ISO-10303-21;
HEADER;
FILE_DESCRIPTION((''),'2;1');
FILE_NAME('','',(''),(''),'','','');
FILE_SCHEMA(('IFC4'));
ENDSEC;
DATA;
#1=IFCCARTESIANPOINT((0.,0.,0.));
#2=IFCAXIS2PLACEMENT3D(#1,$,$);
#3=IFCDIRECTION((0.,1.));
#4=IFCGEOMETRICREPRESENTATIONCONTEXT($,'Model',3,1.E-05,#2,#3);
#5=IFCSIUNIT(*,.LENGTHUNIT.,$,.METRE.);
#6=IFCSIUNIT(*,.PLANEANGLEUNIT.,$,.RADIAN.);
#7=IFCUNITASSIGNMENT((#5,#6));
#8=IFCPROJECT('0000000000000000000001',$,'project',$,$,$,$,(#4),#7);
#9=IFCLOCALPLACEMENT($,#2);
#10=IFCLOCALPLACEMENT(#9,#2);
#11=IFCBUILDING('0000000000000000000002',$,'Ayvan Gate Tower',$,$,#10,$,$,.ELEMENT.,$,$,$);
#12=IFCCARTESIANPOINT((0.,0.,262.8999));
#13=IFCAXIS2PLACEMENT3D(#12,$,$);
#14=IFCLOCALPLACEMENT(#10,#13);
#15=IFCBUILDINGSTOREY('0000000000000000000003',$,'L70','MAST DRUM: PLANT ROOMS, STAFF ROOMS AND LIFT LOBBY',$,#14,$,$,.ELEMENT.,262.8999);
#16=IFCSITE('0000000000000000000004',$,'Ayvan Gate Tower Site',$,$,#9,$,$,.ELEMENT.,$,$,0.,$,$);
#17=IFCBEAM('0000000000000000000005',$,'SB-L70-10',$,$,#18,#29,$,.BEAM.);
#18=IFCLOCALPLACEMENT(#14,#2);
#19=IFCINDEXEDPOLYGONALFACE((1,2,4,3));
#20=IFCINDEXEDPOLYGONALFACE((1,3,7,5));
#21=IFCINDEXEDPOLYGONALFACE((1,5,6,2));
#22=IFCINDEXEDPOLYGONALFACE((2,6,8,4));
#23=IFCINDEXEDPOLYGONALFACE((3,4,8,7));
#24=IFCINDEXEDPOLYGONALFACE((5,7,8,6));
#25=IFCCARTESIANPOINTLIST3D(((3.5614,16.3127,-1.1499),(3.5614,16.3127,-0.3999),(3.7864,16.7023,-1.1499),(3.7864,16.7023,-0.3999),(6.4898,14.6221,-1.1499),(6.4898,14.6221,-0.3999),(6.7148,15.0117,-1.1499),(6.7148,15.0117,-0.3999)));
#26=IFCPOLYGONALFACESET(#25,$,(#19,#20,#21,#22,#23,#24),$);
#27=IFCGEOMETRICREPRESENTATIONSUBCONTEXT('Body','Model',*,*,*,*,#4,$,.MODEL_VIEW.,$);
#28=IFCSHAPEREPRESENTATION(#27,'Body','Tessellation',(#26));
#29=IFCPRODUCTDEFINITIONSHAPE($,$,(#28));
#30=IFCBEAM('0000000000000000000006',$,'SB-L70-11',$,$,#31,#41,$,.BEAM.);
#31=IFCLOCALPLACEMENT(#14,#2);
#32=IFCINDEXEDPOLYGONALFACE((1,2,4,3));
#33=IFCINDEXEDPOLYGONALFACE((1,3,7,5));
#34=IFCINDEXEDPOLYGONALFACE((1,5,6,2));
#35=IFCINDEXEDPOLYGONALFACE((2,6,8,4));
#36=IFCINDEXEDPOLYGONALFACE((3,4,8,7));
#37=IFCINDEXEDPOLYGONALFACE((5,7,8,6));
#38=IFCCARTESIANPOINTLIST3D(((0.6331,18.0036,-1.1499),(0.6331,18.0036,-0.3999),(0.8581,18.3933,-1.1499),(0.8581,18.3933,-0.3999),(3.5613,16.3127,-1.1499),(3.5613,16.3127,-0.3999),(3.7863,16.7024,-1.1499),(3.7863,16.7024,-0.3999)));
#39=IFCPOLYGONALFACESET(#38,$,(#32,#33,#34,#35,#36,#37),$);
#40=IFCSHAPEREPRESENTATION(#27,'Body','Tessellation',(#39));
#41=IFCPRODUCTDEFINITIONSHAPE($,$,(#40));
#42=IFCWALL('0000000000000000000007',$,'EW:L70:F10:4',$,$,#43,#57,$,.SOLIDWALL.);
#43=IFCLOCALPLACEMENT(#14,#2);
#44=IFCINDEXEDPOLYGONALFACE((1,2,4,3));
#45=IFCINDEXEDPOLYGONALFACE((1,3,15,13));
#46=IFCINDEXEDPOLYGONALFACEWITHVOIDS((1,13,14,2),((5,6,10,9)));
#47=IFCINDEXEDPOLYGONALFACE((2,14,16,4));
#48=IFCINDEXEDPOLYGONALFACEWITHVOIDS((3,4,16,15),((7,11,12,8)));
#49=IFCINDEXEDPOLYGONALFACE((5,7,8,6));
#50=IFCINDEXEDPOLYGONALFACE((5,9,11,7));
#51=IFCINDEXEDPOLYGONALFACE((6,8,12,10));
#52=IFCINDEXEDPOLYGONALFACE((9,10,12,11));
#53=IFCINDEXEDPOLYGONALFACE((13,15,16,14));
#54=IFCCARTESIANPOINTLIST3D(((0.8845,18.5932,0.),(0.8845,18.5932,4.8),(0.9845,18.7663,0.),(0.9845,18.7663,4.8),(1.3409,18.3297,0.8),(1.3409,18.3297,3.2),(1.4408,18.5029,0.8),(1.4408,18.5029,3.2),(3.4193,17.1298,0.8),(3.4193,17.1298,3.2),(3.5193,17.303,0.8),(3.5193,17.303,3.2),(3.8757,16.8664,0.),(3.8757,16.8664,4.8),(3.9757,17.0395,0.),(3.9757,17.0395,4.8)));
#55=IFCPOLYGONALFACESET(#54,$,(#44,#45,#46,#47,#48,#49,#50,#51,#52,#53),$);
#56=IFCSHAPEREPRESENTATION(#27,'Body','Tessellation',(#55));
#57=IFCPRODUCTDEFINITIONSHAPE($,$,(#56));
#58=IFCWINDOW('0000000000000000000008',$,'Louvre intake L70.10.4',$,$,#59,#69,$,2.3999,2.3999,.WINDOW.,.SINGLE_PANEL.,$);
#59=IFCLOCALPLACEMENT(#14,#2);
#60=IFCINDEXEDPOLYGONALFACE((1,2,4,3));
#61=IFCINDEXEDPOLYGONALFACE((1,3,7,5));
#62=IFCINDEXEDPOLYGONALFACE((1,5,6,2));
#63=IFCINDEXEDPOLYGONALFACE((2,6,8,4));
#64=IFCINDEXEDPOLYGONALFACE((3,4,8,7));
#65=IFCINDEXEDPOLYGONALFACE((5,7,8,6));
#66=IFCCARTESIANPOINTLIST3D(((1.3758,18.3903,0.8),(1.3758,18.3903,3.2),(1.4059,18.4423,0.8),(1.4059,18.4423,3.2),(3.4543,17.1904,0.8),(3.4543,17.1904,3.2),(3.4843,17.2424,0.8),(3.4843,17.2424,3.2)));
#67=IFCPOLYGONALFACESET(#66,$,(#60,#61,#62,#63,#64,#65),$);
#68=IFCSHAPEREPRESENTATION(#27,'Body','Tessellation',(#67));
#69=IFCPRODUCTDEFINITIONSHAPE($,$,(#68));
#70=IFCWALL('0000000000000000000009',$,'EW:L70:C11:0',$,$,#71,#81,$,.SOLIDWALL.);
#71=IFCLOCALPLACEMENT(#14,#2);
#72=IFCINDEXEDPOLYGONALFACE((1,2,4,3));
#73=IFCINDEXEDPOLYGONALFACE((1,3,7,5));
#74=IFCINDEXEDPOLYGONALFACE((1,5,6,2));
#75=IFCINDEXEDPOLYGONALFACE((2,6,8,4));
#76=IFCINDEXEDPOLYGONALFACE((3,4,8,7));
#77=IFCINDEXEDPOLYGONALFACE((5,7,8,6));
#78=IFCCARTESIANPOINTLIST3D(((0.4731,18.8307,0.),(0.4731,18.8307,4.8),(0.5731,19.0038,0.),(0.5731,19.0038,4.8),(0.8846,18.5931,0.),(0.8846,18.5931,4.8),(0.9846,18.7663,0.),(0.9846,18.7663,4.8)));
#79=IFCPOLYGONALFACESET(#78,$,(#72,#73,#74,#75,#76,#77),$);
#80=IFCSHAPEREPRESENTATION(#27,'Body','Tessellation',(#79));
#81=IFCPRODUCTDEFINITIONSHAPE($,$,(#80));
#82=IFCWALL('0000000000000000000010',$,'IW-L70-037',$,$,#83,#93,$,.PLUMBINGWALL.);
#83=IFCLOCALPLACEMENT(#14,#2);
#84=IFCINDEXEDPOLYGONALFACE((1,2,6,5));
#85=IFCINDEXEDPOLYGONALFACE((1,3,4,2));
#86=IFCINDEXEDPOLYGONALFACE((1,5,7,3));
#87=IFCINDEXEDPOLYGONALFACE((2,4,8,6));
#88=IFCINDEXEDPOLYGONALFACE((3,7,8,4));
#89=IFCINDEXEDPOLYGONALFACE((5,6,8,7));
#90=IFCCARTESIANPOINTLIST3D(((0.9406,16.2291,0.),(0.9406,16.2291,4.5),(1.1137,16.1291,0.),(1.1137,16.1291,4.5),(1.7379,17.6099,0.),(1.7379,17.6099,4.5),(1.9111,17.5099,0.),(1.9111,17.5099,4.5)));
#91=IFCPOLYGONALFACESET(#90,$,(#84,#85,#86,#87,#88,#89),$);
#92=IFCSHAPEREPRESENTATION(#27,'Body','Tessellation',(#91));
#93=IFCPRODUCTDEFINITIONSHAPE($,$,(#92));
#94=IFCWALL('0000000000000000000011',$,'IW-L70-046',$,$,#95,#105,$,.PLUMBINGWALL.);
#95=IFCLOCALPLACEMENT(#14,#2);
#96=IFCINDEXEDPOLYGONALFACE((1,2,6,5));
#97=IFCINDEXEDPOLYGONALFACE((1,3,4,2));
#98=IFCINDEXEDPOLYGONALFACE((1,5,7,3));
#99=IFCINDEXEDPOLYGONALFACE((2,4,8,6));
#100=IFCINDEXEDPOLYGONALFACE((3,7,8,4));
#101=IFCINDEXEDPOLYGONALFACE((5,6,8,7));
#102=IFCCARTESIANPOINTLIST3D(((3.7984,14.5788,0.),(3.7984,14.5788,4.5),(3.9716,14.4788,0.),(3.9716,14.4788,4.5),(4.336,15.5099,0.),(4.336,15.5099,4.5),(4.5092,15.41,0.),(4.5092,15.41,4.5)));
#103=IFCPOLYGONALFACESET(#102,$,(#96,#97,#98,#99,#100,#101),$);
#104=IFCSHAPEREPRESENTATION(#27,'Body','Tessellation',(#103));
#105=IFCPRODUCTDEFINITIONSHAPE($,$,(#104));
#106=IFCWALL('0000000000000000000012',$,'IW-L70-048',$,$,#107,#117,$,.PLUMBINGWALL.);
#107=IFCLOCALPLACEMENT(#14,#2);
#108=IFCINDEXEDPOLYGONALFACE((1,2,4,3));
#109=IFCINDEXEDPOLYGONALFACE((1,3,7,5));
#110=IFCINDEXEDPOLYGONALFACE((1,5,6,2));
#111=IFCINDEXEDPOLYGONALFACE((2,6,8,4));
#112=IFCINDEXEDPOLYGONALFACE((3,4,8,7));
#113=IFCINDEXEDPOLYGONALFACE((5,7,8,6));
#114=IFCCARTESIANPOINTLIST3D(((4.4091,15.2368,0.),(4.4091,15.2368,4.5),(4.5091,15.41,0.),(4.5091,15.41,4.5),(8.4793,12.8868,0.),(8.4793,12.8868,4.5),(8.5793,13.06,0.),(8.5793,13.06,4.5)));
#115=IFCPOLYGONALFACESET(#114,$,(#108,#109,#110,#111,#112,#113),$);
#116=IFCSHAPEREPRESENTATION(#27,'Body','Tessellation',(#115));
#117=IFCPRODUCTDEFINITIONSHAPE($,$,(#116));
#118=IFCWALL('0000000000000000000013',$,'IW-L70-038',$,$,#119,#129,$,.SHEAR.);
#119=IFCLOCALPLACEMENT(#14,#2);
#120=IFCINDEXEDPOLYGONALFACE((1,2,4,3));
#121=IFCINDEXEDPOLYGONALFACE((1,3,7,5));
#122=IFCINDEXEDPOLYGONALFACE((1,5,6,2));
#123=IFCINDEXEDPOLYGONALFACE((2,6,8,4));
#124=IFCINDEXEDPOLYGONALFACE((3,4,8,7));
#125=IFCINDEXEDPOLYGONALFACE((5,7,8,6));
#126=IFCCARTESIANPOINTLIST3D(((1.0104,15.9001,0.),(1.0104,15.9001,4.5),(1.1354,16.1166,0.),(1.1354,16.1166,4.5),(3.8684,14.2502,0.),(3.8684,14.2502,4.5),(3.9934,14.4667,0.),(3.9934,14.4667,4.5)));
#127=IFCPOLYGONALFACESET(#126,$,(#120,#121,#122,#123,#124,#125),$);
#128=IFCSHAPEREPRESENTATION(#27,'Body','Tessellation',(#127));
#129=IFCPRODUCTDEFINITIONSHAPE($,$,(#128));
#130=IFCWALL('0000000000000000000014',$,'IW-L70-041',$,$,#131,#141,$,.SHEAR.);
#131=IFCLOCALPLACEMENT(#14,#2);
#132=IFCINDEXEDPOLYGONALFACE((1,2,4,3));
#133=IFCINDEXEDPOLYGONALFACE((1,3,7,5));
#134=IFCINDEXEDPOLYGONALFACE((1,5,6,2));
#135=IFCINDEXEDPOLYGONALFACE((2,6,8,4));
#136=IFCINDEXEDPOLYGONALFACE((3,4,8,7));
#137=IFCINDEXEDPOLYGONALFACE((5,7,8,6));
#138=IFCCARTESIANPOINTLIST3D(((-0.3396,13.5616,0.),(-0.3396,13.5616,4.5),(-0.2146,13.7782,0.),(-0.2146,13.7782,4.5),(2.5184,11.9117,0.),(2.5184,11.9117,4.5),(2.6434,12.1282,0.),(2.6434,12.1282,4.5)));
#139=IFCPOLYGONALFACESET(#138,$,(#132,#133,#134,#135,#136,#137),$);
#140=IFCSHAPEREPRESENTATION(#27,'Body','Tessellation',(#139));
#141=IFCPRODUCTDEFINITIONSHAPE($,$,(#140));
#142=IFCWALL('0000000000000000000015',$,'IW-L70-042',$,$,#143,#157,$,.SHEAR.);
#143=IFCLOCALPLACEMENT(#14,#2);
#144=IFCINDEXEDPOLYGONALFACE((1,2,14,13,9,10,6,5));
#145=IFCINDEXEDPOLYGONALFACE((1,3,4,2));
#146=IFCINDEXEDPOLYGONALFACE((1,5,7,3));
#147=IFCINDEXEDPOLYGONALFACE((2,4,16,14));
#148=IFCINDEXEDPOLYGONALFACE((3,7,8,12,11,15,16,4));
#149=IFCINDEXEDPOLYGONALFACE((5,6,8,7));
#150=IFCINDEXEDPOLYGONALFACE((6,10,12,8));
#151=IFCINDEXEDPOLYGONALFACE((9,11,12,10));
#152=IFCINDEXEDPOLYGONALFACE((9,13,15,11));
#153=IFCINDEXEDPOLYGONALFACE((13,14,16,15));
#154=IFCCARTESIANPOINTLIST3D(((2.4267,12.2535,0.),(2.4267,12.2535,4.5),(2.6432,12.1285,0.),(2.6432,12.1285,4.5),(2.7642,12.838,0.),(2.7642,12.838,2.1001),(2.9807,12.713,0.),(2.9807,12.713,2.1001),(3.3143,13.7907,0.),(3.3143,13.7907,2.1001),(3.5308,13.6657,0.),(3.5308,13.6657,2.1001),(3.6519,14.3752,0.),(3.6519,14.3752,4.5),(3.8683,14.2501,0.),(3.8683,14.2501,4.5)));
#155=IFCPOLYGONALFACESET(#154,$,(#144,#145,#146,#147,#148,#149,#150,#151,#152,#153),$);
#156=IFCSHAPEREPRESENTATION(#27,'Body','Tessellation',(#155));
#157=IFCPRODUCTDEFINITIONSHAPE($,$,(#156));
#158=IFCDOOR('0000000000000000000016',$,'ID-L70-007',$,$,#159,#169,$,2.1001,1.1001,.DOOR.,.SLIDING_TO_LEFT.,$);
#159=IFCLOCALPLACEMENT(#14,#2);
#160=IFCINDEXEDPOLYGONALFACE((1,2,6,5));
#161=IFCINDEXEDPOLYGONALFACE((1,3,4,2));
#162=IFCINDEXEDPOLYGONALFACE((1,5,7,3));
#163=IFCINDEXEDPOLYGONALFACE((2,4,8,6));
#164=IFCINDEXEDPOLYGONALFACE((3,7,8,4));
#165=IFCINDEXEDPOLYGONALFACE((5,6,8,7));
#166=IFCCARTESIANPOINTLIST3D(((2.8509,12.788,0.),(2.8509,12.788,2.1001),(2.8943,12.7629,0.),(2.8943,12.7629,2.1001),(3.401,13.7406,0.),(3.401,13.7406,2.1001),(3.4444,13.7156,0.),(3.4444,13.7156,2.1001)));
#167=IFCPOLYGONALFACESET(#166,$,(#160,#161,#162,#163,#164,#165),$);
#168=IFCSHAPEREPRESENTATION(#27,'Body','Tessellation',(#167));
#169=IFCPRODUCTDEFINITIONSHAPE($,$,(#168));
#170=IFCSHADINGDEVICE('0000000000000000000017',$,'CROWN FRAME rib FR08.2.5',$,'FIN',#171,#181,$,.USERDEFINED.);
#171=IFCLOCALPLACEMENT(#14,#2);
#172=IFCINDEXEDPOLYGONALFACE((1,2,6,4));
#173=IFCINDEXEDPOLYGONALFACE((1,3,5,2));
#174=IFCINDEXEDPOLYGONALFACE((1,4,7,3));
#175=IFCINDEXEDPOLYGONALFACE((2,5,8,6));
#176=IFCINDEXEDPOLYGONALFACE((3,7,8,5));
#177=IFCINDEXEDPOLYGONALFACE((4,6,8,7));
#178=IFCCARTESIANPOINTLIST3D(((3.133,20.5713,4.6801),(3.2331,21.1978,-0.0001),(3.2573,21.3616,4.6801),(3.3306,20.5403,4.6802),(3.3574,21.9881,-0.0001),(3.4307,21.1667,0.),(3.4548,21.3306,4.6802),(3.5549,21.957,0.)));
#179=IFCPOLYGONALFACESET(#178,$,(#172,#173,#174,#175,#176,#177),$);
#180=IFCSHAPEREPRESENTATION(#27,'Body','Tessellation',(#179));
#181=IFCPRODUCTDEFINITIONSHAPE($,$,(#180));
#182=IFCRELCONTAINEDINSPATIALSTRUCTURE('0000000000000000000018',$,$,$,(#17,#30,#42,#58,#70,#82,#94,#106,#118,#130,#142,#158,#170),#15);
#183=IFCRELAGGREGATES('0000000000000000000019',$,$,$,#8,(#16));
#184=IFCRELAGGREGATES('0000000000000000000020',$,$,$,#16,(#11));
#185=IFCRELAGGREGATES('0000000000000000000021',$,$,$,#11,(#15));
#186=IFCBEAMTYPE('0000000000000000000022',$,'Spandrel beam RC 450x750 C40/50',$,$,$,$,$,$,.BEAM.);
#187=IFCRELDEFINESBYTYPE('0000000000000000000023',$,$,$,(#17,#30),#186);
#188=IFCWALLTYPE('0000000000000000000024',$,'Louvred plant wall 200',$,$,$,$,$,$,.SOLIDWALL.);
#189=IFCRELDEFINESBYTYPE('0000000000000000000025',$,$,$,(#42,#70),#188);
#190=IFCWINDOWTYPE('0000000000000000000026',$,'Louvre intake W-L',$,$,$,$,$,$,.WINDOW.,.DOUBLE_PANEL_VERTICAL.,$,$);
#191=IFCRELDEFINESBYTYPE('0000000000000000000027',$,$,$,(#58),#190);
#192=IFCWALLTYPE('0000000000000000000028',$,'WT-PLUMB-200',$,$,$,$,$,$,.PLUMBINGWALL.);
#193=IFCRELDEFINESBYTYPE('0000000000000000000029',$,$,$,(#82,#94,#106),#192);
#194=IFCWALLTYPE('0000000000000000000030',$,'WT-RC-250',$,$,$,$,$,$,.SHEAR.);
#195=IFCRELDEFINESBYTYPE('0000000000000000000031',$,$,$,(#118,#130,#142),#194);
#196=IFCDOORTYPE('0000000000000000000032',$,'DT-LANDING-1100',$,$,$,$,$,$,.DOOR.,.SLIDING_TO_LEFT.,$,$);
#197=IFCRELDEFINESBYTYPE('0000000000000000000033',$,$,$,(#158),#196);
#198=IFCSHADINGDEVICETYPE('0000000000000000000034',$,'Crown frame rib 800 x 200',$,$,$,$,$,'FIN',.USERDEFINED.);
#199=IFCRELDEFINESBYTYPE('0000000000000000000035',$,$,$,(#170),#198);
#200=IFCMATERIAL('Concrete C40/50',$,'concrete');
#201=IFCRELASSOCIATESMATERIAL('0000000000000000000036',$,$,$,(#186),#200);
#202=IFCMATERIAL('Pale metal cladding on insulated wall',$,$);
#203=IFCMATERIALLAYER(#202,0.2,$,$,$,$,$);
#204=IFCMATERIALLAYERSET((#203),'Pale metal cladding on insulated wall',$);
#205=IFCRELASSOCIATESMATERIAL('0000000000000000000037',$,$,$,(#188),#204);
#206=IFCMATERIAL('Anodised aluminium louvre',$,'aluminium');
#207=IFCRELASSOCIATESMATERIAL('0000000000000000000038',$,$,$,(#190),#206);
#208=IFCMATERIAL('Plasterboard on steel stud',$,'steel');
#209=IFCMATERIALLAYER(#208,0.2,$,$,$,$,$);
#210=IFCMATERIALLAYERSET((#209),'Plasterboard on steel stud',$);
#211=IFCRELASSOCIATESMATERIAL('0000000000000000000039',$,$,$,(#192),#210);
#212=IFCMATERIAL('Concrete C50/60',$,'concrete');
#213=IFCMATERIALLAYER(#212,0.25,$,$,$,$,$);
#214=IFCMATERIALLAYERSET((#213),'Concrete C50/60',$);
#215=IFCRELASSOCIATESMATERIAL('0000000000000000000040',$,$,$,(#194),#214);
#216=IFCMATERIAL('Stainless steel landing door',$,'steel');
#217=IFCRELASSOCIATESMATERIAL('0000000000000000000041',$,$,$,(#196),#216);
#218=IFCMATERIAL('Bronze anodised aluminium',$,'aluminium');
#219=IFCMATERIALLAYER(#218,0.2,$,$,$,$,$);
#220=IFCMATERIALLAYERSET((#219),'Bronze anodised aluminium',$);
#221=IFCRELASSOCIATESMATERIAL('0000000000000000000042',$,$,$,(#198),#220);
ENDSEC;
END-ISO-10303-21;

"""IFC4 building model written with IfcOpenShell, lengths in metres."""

from ifc_helpers import new_model, si_unit, direction, frame, frame_2d, origin, origin_2d, place, context, subcontext, project, spatial, polyline, rectangle, outline, extrude, material, layer, layer_set, material_profile, profile_set, type_object, element, fill, save


model = new_model("IFC4")

# Units and contexts
model_context = context("Model", 3, precision=1e-05, world=origin(), true_north=direction((0.0, 1.0)))
body_context = subcontext(model_context, "Body", "Model", "MODEL_VIEW")
ifc_project = project(units=[si_unit("LENGTHUNIT", "METRE"), si_unit("PLANEANGLEUNIT", "RADIAN")], contexts=[model_context])

# Site, building, storey
site_placement = place(None, origin())
site = spatial("IfcSite", under=ifc_project, at=site_placement, Name="Ayvan Gate Tower Site", CompositionType="ELEMENT", RefElevation=0.0)
building_placement = place(site_placement, origin())
building = spatial("IfcBuilding", under=site, at=building_placement, Name="Ayvan Gate Tower", CompositionType="ELEMENT")
storey_placement = place(building_placement, frame((0.0, 0.0, 262.8999)))
storey = spatial("IfcBuildingStorey", under=building, at=storey_placement, Name="L70", Description="MAST DRUM: PLANT ROOMS, STAFF ROOMS AND LIFT LOBBY", CompositionType="ELEMENT", Elevation=262.8999)

# Beams
ifc_material_1 = material(Name="Concrete C40/50", Category="concrete")
ifc_material_profile = material_profile(ifc_material_1, rectangle(XDim=0.45, YDim=0.75, at=origin_2d()), Name="RC 450x750")
ifc_profile_set = profile_set([ifc_material_profile], Name="Concrete C40/50")
beam_type = type_object("IfcBeamType", Name="Spandrel beam RC 450x750 C40/50", PredefinedType="BEAM", material=ifc_profile_set)
for number, where, z_axis, x_axis, name in (
    (1, (6.6023, 14.8169, -0.7749), (-0.866035, 0.499983, 0.0), (-0.499983, -0.866035, 0.0), "SB-L70-10"),
    (2, (3.6738, 16.5076, -0.7749), (-0.865986, 0.500068, 0.0), (-0.500068, -0.865986, 0.0), "SB-L70-11"),
):
    element("IfcBeam", number, at=place(storey_placement, frame(where, z_axis=z_axis, x_axis=x_axis)), inside=storey, type_object=beam_type, Name=name, PredefinedType="BEAM", context=body_context, shape_type="SweptSolid", body=[
        extrude(rectangle(XDim=0.45, YDim=0.75, at=origin_2d()), origin(), (0.0, 0.0, 1.0), 3.3813),
    ])

# Wall, opening, window
ifc_material_2 = material(Name="Pale metal cladding on insulated wall")
ifc_layer_1 = layer(ifc_material_2, 0.2)
ifc_layer_set_1 = layer_set([ifc_layer_1], Name="Pale metal cladding on insulated wall")
wall_type_1 = type_object("IfcWallType", Name="Louvred plant wall 200", PredefinedType="SOLIDWALL", material=ifc_layer_set_1)
wall_1_placement = place(storey_placement, frame((3.9258, 16.9529, 0.0), z_axis=(0.0, 0.0, 1.0), x_axis=(-0.866047, 0.499963, 0.0)))
wall_1 = element("IfcWall", 3, at=wall_1_placement, inside=storey, type_object=wall_type_1, Name="EW:L70:F10:4", PredefinedType="SOLIDWALL", context=body_context, shape_type="SweptSolid", body=[
    extrude(rectangle(XDim=3.4539, YDim=0.2, at=frame_2d((1.7271, 0.0))), origin(), (0.0, 0.0, 1.0), 4.8),
])
opening_1_placement = place(wall_1_placement, frame((0.5271, 0.0, 0.8)))
opening_1 = element("IfcOpeningElement", 4, at=opening_1_placement, cuts=wall_1, PredefinedType="OPENING", context=body_context, shape_type="SweptSolid", body=[
    extrude(rectangle(XDim=2.3999, YDim=2.3999, at=frame_2d((1.2, 1.2))), frame((0.0, 0.1099, 0.0), z_axis=(0.0, -1.0, 0.0), x_axis=(1.0, 0.0, 0.0)), (0.0, 0.0, 1.0), 0.22),
])
ifc_material_3 = material(Name="Anodised aluminium louvre", Category="aluminium")
window_type = type_object("IfcWindowType", Name="Louvre intake W-L", PartitioningType="DOUBLE_PANEL_VERTICAL", PredefinedType="WINDOW", material=ifc_material_3)
window_placement = place(opening_1_placement, origin())
window = element("IfcWindow", 5, at=window_placement, inside=storey, type_object=window_type, Name="Louvre intake L70.10.4", OverallHeight=2.3999, OverallWidth=2.3999, PartitioningType="SINGLE_PANEL", PredefinedType="WINDOW", context=body_context, shape_type="SweptSolid", body=[
    extrude(rectangle(XDim=2.3999, YDim=2.3999, at=frame_2d((1.2, 1.2))), frame((0.0, 0.03, 0.0), z_axis=(0.0, -1.0, 0.0), x_axis=(1.0, 0.0, 0.0)), (0.0, 0.0, 1.0), 0.0601),
])
fill(opening_1, window)

# Walls
wall_2_placement = place(storey_placement, frame((0.9346, 18.6797, 0.0), z_axis=(0.0, 0.0, 1.0), x_axis=(-0.865989, 0.500064, 0.0)))
element("IfcWall", 6, at=wall_2_placement, inside=storey, type_object=wall_type_1, Name="EW:L70:C11:0", PredefinedType="SOLIDWALL", context=body_context, shape_type="SweptSolid", body=[
    extrude(rectangle(XDim=0.4751, YDim=0.2, at=frame_2d((0.2375, 0.0))), origin(), (0.0, 0.0, 1.0), 4.8),
])
ifc_material_4 = material(Name="Plasterboard on steel stud", Category="steel")
ifc_layer_2 = layer(ifc_material_4, 0.2)
ifc_layer_set_2 = layer_set([ifc_layer_2], Name="Plasterboard on steel stud")
wall_type_2 = type_object("IfcWallType", Name="WT-PLUMB-200", PredefinedType="PLUMBINGWALL", material=ifc_layer_set_2)
wall_3_placement = place(storey_placement, frame((1.0271, 16.179, 0.0), z_axis=(0.0, 0.0, 1.0), x_axis=(0.500058, 0.865992, 0.0)))
element("IfcWall", 7, at=wall_3_placement, inside=storey, type_object=wall_type_2, Name="IW-L70-037", PredefinedType="PLUMBINGWALL", context=body_context, shape_type="SweptSolid", body=[
    extrude(rectangle(XDim=1.5945, YDim=0.2, at=frame_2d((0.7974, 0.0))), origin(), (0.0, 0.0, 1.0), 4.5),
])
wall_4_placement = place(storey_placement, frame((3.885, 14.5288, 0.0), z_axis=(0.0, 0.0, 1.0), x_axis=(0.499998, 0.866027, 0.0)))
element("IfcWall", 8, at=wall_4_placement, inside=storey, type_object=wall_type_2, Name="IW-L70-046", PredefinedType="PLUMBINGWALL", context=body_context, shape_type="SweptSolid", body=[
    extrude(rectangle(XDim=1.0752, YDim=0.2, at=frame_2d((0.5376, 0.0))), origin(), (0.0, 0.0, 1.0), 4.5),
])
wall_5_placement = place(storey_placement, frame((4.459, 15.3235, 0.0), z_axis=(0.0, 0.0, 1.0), x_axis=(0.866016, -0.500016, 0.0)))
element("IfcWall", 9, at=wall_5_placement, inside=storey, type_object=wall_type_2, Name="IW-L70-048", PredefinedType="PLUMBINGWALL", context=body_context, shape_type="SweptSolid", body=[
    extrude(rectangle(XDim=4.7, YDim=0.2, at=frame_2d((2.3501, 0.0))), origin(), (0.0, 0.0, 1.0), 4.5),
])
ifc_material_5 = material(Name="Concrete C50/60", Category="concrete")
ifc_layer_3 = layer(ifc_material_5, 0.25)
ifc_layer_set_3 = layer_set([ifc_layer_3], Name="Concrete C50/60")
wall_type_3 = type_object("IfcWallType", Name="WT-RC-250", PredefinedType="SHEAR", material=ifc_layer_set_3)
for number, where, z_axis, x_axis, name in (
    (10, (1.073, 16.0083, 0.0), (0.0, 0.0, 1.0), (0.86604, -0.499974, 0.0), "IW-L70-038"),
    (11, (2.5808, 12.02, 0.0), (0.0, 0.0, 1.0), (-0.86604, 0.499974, 0.0), "IW-L70-041"),
):
    element("IfcWall", number, at=place(storey_placement, frame(where, z_axis=z_axis, x_axis=x_axis)), inside=storey, type_object=wall_type_3, Name=name, PredefinedType="SHEAR", context=body_context, shape_type="SweptSolid", body=[
        extrude(rectangle(XDim=3.3, YDim=0.25, at=frame_2d((1.6499, 0.0))), origin(), (0.0, 0.0, 1.0), 4.5),
    ])

# Wall, opening, door
wall_6_placement = place(storey_placement, frame((2.5349, 12.1909, 0.0), z_axis=(0.0, 0.0, 1.0), x_axis=(0.500062, 0.86599, 0.0)))
wall_6 = element("IfcWall", 12, at=wall_6_placement, inside=storey, type_object=wall_type_3, Name="IW-L70-042", PredefinedType="SHEAR", context=body_context, shape_type="SweptSolid", body=[
    extrude(rectangle(XDim=2.45, YDim=0.25, at=frame_2d((1.2251, 0.0))), origin(), (0.0, 0.0, 1.0), 4.5),
])
opening_2_placement = place(wall_6_placement, frame((0.675, 0.0, 0.0)))
opening_2 = element("IfcOpeningElement", 13, at=opening_2_placement, cuts=wall_6, PredefinedType="OPENING", context=body_context, shape_type="SweptSolid", body=[
    extrude(rectangle(XDim=1.1001, YDim=2.1001, at=frame_2d((0.55, 1.05))), frame((0.0, 0.135, 0.0), z_axis=(0.0, -1.0, 0.0), x_axis=(1.0, 0.0, 0.0)), (0.0, 0.0, 1.0), 0.27),
])
ifc_material_6 = material(Name="Stainless steel landing door", Category="steel")
door_type = type_object("IfcDoorType", Name="DT-LANDING-1100", OperationType="SLIDING_TO_LEFT", PredefinedType="DOOR", material=ifc_material_6)
door_placement = place(opening_2_placement, origin())
door = element("IfcDoor", 14, at=door_placement, inside=storey, type_object=door_type, Name="ID-L70-007", OperationType="SLIDING_TO_LEFT", OverallHeight=2.1001, OverallWidth=1.1001, PredefinedType="DOOR", context=body_context, shape_type="SweptSolid", body=[
    extrude(rectangle(XDim=1.1001, YDim=2.1001, at=frame_2d((0.55, 1.05))), frame((0.0, 0.0249, 0.0), z_axis=(0.0, -1.0, 0.0), x_axis=(1.0, 0.0, 0.0)), (0.0, 0.0, 1.0), 0.05),
])
fill(opening_2, door)

# Shading device
ifc_material_7 = material(Name="Bronze anodised aluminium", Category="aluminium")
ifc_layer_4 = layer(ifc_material_7, 0.2)
ifc_layer_set_4 = layer_set([ifc_layer_4], Name="Bronze anodised aluminium")
shading_device_type_1 = type_object("IfcShadingDeviceType", Name="Crown frame rib 800 x 200", ElementType="FIN", PredefinedType="USERDEFINED", material=ifc_layer_set_4)
shading_device_placement = place(storey_placement, frame((3.4307, 21.1667, 0.0), z_axis=(0.987862, -0.155336, 0.000336), x_axis=(0.155336, 0.987862, 0.0)))
element("IfcShadingDevice", 15, at=shading_device_placement, inside=storey, type_object=shading_device_type_1, Name="CROWN FRAME rib FR08.2.5", ObjectType="FIN", PredefinedType="USERDEFINED", context=body_context, shape_type="SweptSolid", body=[
    extrude(outline(polyline([(0.0, 0.0), (0.8, 0.0), (0.1656, 4.6802), (-0.6344, 4.6802), (0.0, 0.0)])), origin(), (0.0, 0.0, -1.0), 0.2),
])

save(model, "model.ifc")
